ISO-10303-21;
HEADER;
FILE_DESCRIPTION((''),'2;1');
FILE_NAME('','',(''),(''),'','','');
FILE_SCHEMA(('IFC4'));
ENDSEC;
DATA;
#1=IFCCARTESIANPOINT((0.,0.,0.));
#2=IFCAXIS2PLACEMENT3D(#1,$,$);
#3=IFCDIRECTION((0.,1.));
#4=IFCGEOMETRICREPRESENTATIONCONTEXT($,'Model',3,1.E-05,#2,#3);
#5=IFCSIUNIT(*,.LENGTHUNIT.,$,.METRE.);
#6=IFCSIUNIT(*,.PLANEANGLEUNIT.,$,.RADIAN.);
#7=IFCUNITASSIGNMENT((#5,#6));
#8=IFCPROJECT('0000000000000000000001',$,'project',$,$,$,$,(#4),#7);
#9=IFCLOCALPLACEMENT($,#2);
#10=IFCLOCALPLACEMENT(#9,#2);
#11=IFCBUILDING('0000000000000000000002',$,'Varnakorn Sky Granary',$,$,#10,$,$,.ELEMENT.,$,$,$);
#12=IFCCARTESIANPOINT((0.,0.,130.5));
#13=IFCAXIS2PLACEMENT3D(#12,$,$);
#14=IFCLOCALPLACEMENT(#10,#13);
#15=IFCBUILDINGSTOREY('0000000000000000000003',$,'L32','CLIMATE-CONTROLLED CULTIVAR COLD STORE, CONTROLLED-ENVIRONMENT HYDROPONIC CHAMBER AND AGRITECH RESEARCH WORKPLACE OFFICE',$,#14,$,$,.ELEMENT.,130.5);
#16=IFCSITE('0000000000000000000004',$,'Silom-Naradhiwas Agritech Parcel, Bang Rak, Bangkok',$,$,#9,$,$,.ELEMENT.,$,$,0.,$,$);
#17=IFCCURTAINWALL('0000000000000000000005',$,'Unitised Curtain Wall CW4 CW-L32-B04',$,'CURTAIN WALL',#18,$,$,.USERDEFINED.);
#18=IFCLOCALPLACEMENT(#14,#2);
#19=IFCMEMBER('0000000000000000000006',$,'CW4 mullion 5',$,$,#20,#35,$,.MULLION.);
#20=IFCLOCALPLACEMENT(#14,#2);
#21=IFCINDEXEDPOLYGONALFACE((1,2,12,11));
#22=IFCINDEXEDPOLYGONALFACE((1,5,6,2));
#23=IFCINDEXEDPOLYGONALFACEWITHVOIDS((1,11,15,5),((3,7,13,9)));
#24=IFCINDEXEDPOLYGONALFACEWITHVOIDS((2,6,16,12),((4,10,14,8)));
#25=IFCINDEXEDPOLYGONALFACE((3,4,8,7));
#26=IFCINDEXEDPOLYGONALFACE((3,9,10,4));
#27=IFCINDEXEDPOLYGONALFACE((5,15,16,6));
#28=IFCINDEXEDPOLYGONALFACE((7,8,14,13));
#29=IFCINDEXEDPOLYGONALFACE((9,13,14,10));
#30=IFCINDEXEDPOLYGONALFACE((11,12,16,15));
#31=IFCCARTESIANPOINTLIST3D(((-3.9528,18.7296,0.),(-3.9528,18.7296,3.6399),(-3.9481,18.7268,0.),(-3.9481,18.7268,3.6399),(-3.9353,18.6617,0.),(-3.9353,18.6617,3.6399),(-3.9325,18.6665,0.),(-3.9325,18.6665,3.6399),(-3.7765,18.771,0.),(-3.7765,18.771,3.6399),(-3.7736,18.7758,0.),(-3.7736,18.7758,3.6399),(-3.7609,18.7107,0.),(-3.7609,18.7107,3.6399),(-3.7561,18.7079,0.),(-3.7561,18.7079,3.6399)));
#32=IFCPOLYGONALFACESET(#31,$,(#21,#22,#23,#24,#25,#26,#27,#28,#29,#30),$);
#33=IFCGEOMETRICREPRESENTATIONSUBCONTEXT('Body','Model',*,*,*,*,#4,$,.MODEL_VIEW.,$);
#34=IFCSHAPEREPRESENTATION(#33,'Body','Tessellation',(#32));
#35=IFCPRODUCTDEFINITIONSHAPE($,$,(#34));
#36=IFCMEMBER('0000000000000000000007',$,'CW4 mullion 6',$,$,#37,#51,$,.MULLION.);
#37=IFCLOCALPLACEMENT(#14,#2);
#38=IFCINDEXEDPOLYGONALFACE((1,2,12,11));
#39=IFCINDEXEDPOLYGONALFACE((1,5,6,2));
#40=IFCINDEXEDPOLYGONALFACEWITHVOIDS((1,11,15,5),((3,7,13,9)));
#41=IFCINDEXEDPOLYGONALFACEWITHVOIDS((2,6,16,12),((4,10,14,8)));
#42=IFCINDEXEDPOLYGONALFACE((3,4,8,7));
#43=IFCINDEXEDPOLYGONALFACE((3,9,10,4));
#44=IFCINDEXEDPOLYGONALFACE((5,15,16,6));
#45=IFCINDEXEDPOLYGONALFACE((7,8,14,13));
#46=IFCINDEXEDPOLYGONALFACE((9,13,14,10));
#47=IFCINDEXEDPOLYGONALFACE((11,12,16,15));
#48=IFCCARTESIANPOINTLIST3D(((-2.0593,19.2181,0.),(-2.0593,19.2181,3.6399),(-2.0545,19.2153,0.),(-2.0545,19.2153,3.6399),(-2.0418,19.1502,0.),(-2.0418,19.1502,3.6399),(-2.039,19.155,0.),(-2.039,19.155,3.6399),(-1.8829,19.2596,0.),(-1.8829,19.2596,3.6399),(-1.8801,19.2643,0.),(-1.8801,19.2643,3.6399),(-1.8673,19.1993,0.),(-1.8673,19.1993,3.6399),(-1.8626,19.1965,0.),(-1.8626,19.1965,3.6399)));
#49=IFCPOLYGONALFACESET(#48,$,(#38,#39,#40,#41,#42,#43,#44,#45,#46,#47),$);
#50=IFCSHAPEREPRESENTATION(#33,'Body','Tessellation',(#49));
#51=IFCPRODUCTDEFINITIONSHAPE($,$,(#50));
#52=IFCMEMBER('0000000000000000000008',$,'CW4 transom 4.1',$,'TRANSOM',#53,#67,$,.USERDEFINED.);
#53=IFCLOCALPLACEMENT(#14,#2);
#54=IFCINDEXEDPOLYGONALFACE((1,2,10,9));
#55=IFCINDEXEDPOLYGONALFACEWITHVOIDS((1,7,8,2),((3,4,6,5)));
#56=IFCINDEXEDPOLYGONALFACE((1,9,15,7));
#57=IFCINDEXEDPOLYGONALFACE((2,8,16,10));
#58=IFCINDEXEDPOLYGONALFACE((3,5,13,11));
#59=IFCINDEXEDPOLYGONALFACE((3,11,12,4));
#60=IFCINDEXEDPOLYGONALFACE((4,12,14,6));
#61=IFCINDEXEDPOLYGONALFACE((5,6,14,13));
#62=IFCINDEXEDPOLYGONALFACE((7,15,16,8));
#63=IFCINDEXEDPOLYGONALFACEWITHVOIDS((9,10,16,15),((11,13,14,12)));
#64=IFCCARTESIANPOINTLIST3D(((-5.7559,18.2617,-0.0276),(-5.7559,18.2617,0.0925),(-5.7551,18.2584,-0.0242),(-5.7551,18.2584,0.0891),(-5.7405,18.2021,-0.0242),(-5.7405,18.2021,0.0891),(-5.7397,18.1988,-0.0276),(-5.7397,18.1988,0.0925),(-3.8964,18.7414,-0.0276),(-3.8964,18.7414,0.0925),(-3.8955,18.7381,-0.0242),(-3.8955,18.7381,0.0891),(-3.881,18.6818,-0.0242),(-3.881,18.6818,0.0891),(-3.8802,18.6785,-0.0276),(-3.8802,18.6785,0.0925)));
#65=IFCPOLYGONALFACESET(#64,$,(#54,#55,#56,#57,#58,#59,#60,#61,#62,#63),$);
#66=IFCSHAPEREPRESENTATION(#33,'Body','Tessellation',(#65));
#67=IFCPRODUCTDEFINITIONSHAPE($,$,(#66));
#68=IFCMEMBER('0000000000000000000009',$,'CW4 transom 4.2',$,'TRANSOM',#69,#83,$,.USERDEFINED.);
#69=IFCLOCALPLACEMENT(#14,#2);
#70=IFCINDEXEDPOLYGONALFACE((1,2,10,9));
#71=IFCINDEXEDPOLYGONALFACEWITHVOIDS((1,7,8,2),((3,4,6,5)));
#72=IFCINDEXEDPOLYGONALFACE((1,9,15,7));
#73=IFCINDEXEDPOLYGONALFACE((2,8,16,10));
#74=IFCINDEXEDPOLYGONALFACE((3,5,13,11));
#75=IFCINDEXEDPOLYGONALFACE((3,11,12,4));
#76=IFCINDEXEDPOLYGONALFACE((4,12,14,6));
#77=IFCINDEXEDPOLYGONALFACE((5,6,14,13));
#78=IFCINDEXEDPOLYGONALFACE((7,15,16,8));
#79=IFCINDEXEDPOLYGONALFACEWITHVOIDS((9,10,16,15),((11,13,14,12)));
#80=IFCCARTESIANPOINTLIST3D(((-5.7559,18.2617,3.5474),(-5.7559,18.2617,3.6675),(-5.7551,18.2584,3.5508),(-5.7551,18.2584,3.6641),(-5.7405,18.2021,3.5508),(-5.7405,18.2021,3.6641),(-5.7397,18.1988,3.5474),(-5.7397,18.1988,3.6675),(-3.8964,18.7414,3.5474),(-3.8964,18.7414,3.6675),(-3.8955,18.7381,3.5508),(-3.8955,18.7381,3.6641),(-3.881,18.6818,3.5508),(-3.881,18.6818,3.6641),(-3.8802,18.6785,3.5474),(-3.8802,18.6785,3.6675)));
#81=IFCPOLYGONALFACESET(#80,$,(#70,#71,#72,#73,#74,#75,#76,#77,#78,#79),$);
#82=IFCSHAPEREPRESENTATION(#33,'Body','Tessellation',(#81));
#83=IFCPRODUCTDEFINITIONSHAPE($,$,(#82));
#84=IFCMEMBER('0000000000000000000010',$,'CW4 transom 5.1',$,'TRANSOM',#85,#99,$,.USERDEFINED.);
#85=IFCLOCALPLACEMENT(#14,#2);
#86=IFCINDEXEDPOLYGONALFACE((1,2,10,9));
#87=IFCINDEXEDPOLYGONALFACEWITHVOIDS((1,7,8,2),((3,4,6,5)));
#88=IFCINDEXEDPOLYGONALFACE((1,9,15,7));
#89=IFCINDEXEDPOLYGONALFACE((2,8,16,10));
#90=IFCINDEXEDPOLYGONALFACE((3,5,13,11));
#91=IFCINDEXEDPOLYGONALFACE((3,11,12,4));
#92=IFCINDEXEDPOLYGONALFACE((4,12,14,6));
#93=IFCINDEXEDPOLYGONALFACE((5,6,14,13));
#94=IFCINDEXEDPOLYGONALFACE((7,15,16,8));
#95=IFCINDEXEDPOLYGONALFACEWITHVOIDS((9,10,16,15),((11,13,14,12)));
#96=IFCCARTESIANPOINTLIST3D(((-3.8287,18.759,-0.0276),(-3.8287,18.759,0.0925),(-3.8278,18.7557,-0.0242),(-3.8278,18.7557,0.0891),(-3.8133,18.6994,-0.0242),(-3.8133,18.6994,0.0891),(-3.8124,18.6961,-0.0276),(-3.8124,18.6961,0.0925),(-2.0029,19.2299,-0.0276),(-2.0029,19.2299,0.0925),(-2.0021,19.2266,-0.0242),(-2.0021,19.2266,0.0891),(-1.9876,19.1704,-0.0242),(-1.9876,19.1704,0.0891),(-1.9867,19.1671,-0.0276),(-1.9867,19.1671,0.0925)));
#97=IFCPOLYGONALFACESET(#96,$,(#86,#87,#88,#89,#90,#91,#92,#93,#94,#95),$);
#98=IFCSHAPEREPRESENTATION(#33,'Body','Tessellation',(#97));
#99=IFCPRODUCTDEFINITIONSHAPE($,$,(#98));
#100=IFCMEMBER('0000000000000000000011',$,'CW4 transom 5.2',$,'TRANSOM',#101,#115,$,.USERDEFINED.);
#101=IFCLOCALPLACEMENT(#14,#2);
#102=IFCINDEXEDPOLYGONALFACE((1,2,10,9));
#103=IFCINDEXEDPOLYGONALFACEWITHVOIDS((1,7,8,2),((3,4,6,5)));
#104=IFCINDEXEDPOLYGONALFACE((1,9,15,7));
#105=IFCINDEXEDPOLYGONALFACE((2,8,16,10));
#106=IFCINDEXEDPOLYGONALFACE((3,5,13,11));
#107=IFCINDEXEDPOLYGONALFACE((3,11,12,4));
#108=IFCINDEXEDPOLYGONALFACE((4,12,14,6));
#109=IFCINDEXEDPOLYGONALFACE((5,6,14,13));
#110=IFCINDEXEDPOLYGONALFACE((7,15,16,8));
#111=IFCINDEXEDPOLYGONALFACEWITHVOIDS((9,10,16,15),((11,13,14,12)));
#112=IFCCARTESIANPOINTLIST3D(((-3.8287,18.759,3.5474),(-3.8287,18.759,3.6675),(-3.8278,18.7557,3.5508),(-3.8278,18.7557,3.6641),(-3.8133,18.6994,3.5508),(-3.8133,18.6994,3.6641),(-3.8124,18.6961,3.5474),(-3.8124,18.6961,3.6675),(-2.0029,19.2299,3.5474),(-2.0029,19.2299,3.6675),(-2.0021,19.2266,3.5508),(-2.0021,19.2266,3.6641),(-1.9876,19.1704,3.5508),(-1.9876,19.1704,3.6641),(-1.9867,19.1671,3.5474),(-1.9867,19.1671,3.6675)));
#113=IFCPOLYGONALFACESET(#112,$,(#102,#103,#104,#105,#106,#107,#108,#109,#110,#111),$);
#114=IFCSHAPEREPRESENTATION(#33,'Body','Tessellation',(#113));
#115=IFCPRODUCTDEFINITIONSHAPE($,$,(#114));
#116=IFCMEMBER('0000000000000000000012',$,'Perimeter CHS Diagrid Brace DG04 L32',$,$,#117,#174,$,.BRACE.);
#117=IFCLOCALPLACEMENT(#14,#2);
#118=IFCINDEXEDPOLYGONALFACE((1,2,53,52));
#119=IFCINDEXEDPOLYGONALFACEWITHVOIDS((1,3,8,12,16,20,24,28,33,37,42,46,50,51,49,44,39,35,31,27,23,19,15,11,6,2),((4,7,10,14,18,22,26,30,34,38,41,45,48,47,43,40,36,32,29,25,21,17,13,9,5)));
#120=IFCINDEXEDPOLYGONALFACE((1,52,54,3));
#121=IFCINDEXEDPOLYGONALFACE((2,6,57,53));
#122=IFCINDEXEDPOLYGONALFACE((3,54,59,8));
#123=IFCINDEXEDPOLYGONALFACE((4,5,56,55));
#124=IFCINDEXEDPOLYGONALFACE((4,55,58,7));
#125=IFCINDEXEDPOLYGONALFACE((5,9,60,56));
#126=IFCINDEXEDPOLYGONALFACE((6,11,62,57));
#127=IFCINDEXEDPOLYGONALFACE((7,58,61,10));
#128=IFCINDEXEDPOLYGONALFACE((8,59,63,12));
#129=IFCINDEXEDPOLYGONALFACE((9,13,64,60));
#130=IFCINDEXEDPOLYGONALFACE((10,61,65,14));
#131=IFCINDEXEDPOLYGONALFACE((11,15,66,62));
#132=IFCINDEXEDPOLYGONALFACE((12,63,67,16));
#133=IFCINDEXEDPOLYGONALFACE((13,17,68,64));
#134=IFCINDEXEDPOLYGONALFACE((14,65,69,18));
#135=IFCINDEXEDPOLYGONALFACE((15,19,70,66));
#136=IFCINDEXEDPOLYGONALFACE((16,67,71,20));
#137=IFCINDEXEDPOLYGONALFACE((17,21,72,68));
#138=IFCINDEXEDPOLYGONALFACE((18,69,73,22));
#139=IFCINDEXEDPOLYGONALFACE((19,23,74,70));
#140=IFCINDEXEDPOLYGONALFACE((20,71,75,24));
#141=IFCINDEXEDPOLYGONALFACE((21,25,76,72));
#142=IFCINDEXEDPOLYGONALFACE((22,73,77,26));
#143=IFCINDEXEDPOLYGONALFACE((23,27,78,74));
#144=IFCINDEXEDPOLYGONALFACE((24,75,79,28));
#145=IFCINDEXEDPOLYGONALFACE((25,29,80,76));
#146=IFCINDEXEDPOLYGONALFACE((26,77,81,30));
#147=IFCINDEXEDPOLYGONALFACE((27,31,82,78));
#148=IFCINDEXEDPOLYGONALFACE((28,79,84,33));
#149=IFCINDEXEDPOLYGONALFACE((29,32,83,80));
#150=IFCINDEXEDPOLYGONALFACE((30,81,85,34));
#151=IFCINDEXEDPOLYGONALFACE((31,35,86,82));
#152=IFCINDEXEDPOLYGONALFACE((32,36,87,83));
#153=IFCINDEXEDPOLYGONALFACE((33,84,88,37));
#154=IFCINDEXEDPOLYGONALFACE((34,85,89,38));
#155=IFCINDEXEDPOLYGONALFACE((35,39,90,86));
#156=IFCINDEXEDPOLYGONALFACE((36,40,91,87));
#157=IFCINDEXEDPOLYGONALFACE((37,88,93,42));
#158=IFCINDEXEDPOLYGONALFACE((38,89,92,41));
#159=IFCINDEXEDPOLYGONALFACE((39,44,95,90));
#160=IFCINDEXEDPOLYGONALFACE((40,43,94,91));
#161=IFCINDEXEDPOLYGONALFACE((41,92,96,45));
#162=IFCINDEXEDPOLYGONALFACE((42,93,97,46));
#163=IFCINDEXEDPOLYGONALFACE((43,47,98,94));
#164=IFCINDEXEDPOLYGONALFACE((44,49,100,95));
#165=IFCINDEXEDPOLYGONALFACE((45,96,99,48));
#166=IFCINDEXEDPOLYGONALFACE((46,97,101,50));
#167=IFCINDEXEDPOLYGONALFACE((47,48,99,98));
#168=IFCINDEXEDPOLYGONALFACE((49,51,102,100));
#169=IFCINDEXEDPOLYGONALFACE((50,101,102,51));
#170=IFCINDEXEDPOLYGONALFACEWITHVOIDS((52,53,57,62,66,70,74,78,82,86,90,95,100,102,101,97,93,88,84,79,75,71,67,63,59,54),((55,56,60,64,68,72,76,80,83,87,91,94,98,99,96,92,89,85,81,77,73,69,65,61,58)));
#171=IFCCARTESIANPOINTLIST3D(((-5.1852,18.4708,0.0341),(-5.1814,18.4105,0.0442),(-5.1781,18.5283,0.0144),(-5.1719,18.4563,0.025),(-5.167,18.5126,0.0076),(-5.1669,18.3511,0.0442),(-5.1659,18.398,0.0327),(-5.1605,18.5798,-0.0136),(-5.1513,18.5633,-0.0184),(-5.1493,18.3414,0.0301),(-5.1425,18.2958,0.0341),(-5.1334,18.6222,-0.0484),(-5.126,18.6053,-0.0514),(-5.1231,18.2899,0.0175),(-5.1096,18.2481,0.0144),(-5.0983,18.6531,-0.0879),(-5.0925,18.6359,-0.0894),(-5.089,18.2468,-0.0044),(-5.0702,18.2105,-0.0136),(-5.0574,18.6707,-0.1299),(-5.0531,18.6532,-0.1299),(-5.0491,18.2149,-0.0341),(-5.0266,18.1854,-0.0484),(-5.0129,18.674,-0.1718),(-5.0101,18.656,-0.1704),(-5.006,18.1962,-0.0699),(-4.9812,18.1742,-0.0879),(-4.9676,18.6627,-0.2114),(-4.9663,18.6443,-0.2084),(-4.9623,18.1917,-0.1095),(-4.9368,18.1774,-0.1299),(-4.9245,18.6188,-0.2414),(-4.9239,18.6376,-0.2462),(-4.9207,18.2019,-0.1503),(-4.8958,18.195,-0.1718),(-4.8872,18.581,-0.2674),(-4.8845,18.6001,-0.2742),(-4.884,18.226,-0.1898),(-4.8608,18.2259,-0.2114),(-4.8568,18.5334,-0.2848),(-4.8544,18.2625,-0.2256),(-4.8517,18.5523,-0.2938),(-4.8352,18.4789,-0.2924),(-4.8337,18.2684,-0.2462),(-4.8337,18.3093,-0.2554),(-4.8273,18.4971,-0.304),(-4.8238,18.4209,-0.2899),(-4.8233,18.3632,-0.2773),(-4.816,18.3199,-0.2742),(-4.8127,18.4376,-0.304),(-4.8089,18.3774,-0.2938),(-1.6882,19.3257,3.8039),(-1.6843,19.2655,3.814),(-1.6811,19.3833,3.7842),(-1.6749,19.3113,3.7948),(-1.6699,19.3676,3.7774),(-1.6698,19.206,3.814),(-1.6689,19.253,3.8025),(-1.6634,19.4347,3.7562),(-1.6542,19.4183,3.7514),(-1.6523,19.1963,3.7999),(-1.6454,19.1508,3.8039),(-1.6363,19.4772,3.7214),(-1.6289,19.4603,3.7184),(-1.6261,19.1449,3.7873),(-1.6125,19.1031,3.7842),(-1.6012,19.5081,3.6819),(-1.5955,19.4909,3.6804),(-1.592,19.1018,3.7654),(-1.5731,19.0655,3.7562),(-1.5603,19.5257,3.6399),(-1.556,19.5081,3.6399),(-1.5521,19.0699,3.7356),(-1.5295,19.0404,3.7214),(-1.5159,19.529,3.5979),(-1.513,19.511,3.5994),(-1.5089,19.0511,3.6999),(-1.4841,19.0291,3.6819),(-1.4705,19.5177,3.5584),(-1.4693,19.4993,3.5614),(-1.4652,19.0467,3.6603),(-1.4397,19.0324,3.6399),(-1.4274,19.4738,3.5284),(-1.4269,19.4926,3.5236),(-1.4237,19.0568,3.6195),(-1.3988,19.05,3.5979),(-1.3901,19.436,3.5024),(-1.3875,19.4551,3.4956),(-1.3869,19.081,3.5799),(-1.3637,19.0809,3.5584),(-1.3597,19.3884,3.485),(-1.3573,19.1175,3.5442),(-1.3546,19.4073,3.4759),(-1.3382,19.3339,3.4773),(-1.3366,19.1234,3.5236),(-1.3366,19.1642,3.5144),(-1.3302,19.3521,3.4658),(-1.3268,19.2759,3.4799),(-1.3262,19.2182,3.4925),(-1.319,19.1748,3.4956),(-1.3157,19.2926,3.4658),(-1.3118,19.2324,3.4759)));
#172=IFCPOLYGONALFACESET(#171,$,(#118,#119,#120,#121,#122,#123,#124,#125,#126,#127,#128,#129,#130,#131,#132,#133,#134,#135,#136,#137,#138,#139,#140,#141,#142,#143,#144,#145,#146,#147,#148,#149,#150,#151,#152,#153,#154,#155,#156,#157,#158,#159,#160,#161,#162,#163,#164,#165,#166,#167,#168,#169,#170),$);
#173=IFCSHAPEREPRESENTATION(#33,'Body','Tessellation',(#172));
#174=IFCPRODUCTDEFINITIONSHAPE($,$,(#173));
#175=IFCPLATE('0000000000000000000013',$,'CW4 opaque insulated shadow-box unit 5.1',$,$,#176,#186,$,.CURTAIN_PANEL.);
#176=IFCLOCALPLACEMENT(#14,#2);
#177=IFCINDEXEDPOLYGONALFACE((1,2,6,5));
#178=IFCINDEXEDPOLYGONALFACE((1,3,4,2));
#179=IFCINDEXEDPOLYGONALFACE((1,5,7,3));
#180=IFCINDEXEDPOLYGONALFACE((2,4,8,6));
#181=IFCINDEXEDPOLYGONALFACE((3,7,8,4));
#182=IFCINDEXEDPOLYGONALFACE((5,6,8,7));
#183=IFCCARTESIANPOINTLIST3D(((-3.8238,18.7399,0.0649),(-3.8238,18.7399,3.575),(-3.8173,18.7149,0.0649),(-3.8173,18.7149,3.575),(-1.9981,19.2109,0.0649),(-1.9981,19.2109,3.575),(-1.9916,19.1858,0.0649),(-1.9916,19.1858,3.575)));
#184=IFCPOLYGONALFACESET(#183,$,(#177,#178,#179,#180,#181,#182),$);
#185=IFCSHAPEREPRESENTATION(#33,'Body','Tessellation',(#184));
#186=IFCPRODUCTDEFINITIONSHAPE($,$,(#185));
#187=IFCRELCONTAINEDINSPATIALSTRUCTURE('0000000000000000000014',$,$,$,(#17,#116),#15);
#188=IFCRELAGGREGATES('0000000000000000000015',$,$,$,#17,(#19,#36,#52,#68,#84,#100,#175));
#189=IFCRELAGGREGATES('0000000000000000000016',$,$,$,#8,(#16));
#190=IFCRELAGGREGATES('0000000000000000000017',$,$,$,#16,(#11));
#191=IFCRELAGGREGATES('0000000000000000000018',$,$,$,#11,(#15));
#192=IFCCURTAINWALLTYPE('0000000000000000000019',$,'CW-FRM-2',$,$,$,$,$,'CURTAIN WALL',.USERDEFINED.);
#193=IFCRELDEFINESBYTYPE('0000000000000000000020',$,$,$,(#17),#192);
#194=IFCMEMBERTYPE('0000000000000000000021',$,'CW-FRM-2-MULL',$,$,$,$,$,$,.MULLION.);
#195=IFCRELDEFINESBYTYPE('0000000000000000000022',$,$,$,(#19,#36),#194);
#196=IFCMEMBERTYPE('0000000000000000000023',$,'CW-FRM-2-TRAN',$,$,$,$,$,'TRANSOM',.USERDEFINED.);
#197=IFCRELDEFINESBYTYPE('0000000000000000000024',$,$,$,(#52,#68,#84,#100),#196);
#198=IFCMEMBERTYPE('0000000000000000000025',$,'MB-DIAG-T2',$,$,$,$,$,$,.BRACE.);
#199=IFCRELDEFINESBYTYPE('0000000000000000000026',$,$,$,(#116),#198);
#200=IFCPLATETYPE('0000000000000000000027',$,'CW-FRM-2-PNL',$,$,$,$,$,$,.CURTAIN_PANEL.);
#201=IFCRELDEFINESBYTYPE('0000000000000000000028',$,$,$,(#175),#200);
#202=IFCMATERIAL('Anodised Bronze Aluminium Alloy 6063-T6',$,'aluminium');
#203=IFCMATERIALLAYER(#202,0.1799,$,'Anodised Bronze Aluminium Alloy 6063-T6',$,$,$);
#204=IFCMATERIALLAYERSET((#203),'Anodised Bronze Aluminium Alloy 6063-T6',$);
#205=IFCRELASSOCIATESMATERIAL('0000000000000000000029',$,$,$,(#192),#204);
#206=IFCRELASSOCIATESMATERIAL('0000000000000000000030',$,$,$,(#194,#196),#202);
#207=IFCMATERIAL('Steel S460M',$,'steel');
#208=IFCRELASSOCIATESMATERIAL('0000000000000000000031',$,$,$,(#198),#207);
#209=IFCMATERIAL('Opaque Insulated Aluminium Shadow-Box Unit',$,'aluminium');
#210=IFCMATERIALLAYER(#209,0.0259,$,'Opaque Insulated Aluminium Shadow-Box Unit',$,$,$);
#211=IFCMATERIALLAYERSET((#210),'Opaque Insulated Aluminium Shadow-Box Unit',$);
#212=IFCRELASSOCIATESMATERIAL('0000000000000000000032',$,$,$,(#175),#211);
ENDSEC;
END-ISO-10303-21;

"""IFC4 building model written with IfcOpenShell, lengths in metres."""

from ifc_helpers import new_model, si_unit, direction, frame, origin, origin_2d, place, context, subcontext, project, spatial, rectangle, hollow_rectangle, hollow_circle, extrude, source, transform, mapped, material, layer, layer_set, material_profile, profile_set, type_object, element, aggregate, save


model = new_model("IFC4")

# Units and contexts
model_context = context("Model", 3, precision=1e-05, world=origin(), true_north=direction((0.0, 1.0)))
body_context = subcontext(model_context, "Body", "Model", "MODEL_VIEW")
ifc_project = project(units=[si_unit("LENGTHUNIT", "METRE"), si_unit("PLANEANGLEUNIT", "RADIAN")], contexts=[model_context])

# Site, building, storey
site_placement = place(None, origin())
site = spatial("IfcSite", under=ifc_project, at=site_placement, Name="Silom-Naradhiwas Agritech Parcel, Bang Rak, Bangkok", CompositionType="ELEMENT", RefElevation=0.0)
building_placement = place(site_placement, origin())
building = spatial("IfcBuilding", under=site, at=building_placement, Name="Varnakorn Sky Granary", CompositionType="ELEMENT")
storey_placement = place(building_placement, frame((0.0, 0.0, 130.5)))
storey = spatial("IfcBuildingStorey", under=building, at=storey_placement, Name="L32", Description="CLIMATE-CONTROLLED CULTIVAR COLD STORE, CONTROLLED-ENVIRONMENT HYDROPONIC CHAMBER AND AGRITECH RESEARCH WORKPLACE OFFICE", CompositionType="ELEMENT", Elevation=130.5)

# Shared definitions
ifc_material_1 = material(Name="Steel S460M", Category="steel")

# Curtain wall, members
ifc_material_2 = material(Name="Anodised Bronze Aluminium Alloy 6063-T6", Category="aluminium")
ifc_layer_1 = layer(ifc_material_2, 0.1799, Name="Anodised Bronze Aluminium Alloy 6063-T6")
ifc_layer_set_1 = layer_set([ifc_layer_1], Name="Anodised Bronze Aluminium Alloy 6063-T6")
curtain_wall_type = type_object("IfcCurtainWallType", Name="CW-FRM-2", ElementType="CURTAIN WALL", PredefinedType="USERDEFINED", material=ifc_layer_set_1)
curtain_wall_placement = place(storey_placement, origin())
curtain_wall = element("IfcCurtainWall", 1, at=curtain_wall_placement, inside=storey, type_object=curtain_wall_type, Name="Unitised Curtain Wall CW4 CW-L32-B04", ObjectType="CURTAIN WALL", PredefinedType="USERDEFINED")
ifc_material_profile_1 = material_profile(ifc_material_2, hollow_rectangle(XDim=0.0701, YDim=0.1851, WallThickness=0.0039, at=origin_2d()), Name="ALU MULL 70x185")
ifc_profile_set_1 = profile_set([ifc_material_profile_1], Name="Anodised Bronze Aluminium Alloy 6063-T6")
member_type_1 = type_object("IfcMemberType", Name="CW-FRM-2-MULL", PredefinedType="MULLION", material=ifc_profile_set_1)
member_1_placement = place(storey_placement, frame((-3.8545, 18.7188, 0.0), z_axis=(0.0, 0.0, 1.0), x_axis=(-0.249777, 0.968303, 0.0)))
member_1 = element("IfcMember", 2, at=member_1_placement, type_object=member_type_1, Name="CW4 mullion 5", PredefinedType="MULLION", context=body_context, shape_type="SweptSolid", body=[
    extrude(hollow_rectangle(XDim=0.0701, YDim=0.1851, WallThickness=0.0039, at=origin_2d()), origin(), (0.0, 0.0, 1.0), 3.6399),
])
member_2_placement = place(storey_placement, frame((-1.9609, 19.2073, 0.0), z_axis=(0.0, 0.0, 1.0), x_axis=(-0.249777, 0.968303, 0.0)))
member_2 = element("IfcMember", 3, at=member_2_placement, type_object=member_type_1, Name="CW4 mullion 6", PredefinedType="MULLION", context=body_context, shape_type="SweptSolid", body=[
    extrude(hollow_rectangle(XDim=0.0701, YDim=0.1851, WallThickness=0.0039, at=origin_2d()), origin(), (0.0, 0.0, 1.0), 3.6399),
])
ifc_material_profile_2 = material_profile(ifc_material_2, hollow_rectangle(XDim=0.0649, YDim=0.1201, WallThickness=0.0034, at=origin_2d()), Name="ALU TRAN 65x120")
ifc_profile_set_2 = profile_set([ifc_material_profile_2], Name="Anodised Bronze Aluminium Alloy 6063-T6")
member_type_2 = type_object("IfcMemberType", Name="CW-FRM-2-TRAN", ElementType="TRANSOM", PredefinedType="USERDEFINED", material=ifc_profile_set_2)
member_3_placement = place(storey_placement, frame((-5.7478, 18.2302, 0.0325), z_axis=(0.968298, 0.249797, 0.0), x_axis=(-0.249797, 0.968298, 0.0)))
member_3 = element("IfcMember", 4, at=member_3_placement, type_object=member_type_2, Name="CW4 transom 4.1", ObjectType="TRANSOM", PredefinedType="USERDEFINED", context=body_context, shape_type="SweptSolid", body=[
    extrude(hollow_rectangle(XDim=0.0649, YDim=0.1201, WallThickness=0.0034, at=origin_2d()), origin(), (0.0, 0.0, 1.0), 1.9204),
])
member_4_placement = place(storey_placement, frame((-5.7478, 18.2302, 3.6074), z_axis=(0.968298, 0.249797, 0.0), x_axis=(-0.249797, 0.968298, 0.0)))
member_4 = element("IfcMember", 5, at=member_4_placement, type_object=member_type_2, Name="CW4 transom 4.2", ObjectType="TRANSOM", PredefinedType="USERDEFINED", context=body_context, shape_type="SweptSolid", body=[
    extrude(hollow_rectangle(XDim=0.0649, YDim=0.1201, WallThickness=0.0034, at=origin_2d()), origin(), (0.0, 0.0, 1.0), 1.9204),
])
member_5_placement = place(storey_placement, frame((-3.8206, 18.7275, 0.0325), z_axis=(0.968303, 0.24978, 0.0), x_axis=(-0.24978, 0.968303, 0.0)))
member_5 = element("IfcMember", 6, at=member_5_placement, type_object=member_type_2, Name="CW4 transom 5.1", ObjectType="TRANSOM", PredefinedType="USERDEFINED", context=body_context, shape_type="SweptSolid", body=[
    extrude(hollow_rectangle(XDim=0.0649, YDim=0.1201, WallThickness=0.0034, at=origin_2d()), origin(), (0.0, 0.0, 1.0), 1.8855),
])
member_6_placement = place(storey_placement, frame((-3.8206, 18.7275, 3.6074), z_axis=(0.968303, 0.24978, 0.0), x_axis=(-0.24978, 0.968303, 0.0)))
member_6 = element("IfcMember", 7, at=member_6_placement, type_object=member_type_2, Name="CW4 transom 5.2", ObjectType="TRANSOM", PredefinedType="USERDEFINED", context=body_context, shape_type="SweptSolid", body=[
    extrude(hollow_rectangle(XDim=0.0649, YDim=0.1201, WallThickness=0.0034, at=origin_2d()), origin(), (0.0, 0.0, 1.0), 1.8855),
])

# Member
ifc_material_profile_3 = material_profile(ifc_material_1, hollow_circle(Radius=0.2539, WallThickness=0.0181, at=origin_2d()), Name="CHS 508x18")
ifc_profile_set_3 = profile_set([ifc_material_profile_3], Name="Steel S460M")
member_type_3 = type_object("IfcMemberType", Name="MB-DIAG-T2", PredefinedType="BRACE", material=ifc_profile_set_3)
member_7_placement = place(storey_placement, frame((-4.9971, 18.4241, -0.1299), z_axis=(0.670882, 0.16402, 0.723198), x_axis=(-0.23749, 0.97139, 0.0)))
element("IfcMember", 8, at=member_7_placement, inside=storey, type_object=member_type_3, Name="Perimeter CHS Diagrid Brace DG04 L32", PredefinedType="BRACE", context=body_context, shape_type="SweptSolid", body=[
    extrude(hollow_circle(Radius=0.2539, WallThickness=0.0181, at=origin_2d()), origin(), (0.0, 0.0, 1.0), 5.2126),
])

# Plate
ifc_material_3 = material(Name="Opaque Insulated Aluminium Shadow-Box Unit", Category="aluminium")
ifc_layer_2 = layer(ifc_material_3, 0.0259, Name="Opaque Insulated Aluminium Shadow-Box Unit")
ifc_layer_set_2 = layer_set([ifc_layer_2], Name="Opaque Insulated Aluminium Shadow-Box Unit")
plate_type = type_object("IfcPlateType", Name="CW-FRM-2-PNL", PredefinedType="CURTAIN_PANEL")
shared_shape_1 = source(origin(), body_context, "Body", "SweptSolid", [
    extrude(rectangle(XDim=1.8855, YDim=0.0259, at=origin_2d()), origin(), (0.0, 0.0, 1.0), 3.51),
])
plate_1_placement = place(storey_placement, frame((-2.9077, 18.9629, 0.0649), z_axis=(0.0, 0.0, 1.0), x_axis=(0.968303, 0.249777, 0.0)))
plate_1 = element("IfcPlate", 9, at=plate_1_placement, type_object=plate_type, material=ifc_layer_set_2, Name="CW4 opaque insulated shadow-box unit 5.1", PredefinedType="CURTAIN_PANEL", context=body_context, shape_type="MappedRepresentation", body=[
    mapped(shared_shape_1, transform((0.0, 0.0, 0.0), x_axis=(1.0, 0.0, 0.0), y_axis=(0.0, 1.0, 0.0), z_axis=(0.0, 0.0, 1.0), scale=1.0)),
])
aggregate(curtain_wall, [member_1, member_2, member_3, member_4, member_5, member_6, plate_1])

save(model, "model.ifc")
